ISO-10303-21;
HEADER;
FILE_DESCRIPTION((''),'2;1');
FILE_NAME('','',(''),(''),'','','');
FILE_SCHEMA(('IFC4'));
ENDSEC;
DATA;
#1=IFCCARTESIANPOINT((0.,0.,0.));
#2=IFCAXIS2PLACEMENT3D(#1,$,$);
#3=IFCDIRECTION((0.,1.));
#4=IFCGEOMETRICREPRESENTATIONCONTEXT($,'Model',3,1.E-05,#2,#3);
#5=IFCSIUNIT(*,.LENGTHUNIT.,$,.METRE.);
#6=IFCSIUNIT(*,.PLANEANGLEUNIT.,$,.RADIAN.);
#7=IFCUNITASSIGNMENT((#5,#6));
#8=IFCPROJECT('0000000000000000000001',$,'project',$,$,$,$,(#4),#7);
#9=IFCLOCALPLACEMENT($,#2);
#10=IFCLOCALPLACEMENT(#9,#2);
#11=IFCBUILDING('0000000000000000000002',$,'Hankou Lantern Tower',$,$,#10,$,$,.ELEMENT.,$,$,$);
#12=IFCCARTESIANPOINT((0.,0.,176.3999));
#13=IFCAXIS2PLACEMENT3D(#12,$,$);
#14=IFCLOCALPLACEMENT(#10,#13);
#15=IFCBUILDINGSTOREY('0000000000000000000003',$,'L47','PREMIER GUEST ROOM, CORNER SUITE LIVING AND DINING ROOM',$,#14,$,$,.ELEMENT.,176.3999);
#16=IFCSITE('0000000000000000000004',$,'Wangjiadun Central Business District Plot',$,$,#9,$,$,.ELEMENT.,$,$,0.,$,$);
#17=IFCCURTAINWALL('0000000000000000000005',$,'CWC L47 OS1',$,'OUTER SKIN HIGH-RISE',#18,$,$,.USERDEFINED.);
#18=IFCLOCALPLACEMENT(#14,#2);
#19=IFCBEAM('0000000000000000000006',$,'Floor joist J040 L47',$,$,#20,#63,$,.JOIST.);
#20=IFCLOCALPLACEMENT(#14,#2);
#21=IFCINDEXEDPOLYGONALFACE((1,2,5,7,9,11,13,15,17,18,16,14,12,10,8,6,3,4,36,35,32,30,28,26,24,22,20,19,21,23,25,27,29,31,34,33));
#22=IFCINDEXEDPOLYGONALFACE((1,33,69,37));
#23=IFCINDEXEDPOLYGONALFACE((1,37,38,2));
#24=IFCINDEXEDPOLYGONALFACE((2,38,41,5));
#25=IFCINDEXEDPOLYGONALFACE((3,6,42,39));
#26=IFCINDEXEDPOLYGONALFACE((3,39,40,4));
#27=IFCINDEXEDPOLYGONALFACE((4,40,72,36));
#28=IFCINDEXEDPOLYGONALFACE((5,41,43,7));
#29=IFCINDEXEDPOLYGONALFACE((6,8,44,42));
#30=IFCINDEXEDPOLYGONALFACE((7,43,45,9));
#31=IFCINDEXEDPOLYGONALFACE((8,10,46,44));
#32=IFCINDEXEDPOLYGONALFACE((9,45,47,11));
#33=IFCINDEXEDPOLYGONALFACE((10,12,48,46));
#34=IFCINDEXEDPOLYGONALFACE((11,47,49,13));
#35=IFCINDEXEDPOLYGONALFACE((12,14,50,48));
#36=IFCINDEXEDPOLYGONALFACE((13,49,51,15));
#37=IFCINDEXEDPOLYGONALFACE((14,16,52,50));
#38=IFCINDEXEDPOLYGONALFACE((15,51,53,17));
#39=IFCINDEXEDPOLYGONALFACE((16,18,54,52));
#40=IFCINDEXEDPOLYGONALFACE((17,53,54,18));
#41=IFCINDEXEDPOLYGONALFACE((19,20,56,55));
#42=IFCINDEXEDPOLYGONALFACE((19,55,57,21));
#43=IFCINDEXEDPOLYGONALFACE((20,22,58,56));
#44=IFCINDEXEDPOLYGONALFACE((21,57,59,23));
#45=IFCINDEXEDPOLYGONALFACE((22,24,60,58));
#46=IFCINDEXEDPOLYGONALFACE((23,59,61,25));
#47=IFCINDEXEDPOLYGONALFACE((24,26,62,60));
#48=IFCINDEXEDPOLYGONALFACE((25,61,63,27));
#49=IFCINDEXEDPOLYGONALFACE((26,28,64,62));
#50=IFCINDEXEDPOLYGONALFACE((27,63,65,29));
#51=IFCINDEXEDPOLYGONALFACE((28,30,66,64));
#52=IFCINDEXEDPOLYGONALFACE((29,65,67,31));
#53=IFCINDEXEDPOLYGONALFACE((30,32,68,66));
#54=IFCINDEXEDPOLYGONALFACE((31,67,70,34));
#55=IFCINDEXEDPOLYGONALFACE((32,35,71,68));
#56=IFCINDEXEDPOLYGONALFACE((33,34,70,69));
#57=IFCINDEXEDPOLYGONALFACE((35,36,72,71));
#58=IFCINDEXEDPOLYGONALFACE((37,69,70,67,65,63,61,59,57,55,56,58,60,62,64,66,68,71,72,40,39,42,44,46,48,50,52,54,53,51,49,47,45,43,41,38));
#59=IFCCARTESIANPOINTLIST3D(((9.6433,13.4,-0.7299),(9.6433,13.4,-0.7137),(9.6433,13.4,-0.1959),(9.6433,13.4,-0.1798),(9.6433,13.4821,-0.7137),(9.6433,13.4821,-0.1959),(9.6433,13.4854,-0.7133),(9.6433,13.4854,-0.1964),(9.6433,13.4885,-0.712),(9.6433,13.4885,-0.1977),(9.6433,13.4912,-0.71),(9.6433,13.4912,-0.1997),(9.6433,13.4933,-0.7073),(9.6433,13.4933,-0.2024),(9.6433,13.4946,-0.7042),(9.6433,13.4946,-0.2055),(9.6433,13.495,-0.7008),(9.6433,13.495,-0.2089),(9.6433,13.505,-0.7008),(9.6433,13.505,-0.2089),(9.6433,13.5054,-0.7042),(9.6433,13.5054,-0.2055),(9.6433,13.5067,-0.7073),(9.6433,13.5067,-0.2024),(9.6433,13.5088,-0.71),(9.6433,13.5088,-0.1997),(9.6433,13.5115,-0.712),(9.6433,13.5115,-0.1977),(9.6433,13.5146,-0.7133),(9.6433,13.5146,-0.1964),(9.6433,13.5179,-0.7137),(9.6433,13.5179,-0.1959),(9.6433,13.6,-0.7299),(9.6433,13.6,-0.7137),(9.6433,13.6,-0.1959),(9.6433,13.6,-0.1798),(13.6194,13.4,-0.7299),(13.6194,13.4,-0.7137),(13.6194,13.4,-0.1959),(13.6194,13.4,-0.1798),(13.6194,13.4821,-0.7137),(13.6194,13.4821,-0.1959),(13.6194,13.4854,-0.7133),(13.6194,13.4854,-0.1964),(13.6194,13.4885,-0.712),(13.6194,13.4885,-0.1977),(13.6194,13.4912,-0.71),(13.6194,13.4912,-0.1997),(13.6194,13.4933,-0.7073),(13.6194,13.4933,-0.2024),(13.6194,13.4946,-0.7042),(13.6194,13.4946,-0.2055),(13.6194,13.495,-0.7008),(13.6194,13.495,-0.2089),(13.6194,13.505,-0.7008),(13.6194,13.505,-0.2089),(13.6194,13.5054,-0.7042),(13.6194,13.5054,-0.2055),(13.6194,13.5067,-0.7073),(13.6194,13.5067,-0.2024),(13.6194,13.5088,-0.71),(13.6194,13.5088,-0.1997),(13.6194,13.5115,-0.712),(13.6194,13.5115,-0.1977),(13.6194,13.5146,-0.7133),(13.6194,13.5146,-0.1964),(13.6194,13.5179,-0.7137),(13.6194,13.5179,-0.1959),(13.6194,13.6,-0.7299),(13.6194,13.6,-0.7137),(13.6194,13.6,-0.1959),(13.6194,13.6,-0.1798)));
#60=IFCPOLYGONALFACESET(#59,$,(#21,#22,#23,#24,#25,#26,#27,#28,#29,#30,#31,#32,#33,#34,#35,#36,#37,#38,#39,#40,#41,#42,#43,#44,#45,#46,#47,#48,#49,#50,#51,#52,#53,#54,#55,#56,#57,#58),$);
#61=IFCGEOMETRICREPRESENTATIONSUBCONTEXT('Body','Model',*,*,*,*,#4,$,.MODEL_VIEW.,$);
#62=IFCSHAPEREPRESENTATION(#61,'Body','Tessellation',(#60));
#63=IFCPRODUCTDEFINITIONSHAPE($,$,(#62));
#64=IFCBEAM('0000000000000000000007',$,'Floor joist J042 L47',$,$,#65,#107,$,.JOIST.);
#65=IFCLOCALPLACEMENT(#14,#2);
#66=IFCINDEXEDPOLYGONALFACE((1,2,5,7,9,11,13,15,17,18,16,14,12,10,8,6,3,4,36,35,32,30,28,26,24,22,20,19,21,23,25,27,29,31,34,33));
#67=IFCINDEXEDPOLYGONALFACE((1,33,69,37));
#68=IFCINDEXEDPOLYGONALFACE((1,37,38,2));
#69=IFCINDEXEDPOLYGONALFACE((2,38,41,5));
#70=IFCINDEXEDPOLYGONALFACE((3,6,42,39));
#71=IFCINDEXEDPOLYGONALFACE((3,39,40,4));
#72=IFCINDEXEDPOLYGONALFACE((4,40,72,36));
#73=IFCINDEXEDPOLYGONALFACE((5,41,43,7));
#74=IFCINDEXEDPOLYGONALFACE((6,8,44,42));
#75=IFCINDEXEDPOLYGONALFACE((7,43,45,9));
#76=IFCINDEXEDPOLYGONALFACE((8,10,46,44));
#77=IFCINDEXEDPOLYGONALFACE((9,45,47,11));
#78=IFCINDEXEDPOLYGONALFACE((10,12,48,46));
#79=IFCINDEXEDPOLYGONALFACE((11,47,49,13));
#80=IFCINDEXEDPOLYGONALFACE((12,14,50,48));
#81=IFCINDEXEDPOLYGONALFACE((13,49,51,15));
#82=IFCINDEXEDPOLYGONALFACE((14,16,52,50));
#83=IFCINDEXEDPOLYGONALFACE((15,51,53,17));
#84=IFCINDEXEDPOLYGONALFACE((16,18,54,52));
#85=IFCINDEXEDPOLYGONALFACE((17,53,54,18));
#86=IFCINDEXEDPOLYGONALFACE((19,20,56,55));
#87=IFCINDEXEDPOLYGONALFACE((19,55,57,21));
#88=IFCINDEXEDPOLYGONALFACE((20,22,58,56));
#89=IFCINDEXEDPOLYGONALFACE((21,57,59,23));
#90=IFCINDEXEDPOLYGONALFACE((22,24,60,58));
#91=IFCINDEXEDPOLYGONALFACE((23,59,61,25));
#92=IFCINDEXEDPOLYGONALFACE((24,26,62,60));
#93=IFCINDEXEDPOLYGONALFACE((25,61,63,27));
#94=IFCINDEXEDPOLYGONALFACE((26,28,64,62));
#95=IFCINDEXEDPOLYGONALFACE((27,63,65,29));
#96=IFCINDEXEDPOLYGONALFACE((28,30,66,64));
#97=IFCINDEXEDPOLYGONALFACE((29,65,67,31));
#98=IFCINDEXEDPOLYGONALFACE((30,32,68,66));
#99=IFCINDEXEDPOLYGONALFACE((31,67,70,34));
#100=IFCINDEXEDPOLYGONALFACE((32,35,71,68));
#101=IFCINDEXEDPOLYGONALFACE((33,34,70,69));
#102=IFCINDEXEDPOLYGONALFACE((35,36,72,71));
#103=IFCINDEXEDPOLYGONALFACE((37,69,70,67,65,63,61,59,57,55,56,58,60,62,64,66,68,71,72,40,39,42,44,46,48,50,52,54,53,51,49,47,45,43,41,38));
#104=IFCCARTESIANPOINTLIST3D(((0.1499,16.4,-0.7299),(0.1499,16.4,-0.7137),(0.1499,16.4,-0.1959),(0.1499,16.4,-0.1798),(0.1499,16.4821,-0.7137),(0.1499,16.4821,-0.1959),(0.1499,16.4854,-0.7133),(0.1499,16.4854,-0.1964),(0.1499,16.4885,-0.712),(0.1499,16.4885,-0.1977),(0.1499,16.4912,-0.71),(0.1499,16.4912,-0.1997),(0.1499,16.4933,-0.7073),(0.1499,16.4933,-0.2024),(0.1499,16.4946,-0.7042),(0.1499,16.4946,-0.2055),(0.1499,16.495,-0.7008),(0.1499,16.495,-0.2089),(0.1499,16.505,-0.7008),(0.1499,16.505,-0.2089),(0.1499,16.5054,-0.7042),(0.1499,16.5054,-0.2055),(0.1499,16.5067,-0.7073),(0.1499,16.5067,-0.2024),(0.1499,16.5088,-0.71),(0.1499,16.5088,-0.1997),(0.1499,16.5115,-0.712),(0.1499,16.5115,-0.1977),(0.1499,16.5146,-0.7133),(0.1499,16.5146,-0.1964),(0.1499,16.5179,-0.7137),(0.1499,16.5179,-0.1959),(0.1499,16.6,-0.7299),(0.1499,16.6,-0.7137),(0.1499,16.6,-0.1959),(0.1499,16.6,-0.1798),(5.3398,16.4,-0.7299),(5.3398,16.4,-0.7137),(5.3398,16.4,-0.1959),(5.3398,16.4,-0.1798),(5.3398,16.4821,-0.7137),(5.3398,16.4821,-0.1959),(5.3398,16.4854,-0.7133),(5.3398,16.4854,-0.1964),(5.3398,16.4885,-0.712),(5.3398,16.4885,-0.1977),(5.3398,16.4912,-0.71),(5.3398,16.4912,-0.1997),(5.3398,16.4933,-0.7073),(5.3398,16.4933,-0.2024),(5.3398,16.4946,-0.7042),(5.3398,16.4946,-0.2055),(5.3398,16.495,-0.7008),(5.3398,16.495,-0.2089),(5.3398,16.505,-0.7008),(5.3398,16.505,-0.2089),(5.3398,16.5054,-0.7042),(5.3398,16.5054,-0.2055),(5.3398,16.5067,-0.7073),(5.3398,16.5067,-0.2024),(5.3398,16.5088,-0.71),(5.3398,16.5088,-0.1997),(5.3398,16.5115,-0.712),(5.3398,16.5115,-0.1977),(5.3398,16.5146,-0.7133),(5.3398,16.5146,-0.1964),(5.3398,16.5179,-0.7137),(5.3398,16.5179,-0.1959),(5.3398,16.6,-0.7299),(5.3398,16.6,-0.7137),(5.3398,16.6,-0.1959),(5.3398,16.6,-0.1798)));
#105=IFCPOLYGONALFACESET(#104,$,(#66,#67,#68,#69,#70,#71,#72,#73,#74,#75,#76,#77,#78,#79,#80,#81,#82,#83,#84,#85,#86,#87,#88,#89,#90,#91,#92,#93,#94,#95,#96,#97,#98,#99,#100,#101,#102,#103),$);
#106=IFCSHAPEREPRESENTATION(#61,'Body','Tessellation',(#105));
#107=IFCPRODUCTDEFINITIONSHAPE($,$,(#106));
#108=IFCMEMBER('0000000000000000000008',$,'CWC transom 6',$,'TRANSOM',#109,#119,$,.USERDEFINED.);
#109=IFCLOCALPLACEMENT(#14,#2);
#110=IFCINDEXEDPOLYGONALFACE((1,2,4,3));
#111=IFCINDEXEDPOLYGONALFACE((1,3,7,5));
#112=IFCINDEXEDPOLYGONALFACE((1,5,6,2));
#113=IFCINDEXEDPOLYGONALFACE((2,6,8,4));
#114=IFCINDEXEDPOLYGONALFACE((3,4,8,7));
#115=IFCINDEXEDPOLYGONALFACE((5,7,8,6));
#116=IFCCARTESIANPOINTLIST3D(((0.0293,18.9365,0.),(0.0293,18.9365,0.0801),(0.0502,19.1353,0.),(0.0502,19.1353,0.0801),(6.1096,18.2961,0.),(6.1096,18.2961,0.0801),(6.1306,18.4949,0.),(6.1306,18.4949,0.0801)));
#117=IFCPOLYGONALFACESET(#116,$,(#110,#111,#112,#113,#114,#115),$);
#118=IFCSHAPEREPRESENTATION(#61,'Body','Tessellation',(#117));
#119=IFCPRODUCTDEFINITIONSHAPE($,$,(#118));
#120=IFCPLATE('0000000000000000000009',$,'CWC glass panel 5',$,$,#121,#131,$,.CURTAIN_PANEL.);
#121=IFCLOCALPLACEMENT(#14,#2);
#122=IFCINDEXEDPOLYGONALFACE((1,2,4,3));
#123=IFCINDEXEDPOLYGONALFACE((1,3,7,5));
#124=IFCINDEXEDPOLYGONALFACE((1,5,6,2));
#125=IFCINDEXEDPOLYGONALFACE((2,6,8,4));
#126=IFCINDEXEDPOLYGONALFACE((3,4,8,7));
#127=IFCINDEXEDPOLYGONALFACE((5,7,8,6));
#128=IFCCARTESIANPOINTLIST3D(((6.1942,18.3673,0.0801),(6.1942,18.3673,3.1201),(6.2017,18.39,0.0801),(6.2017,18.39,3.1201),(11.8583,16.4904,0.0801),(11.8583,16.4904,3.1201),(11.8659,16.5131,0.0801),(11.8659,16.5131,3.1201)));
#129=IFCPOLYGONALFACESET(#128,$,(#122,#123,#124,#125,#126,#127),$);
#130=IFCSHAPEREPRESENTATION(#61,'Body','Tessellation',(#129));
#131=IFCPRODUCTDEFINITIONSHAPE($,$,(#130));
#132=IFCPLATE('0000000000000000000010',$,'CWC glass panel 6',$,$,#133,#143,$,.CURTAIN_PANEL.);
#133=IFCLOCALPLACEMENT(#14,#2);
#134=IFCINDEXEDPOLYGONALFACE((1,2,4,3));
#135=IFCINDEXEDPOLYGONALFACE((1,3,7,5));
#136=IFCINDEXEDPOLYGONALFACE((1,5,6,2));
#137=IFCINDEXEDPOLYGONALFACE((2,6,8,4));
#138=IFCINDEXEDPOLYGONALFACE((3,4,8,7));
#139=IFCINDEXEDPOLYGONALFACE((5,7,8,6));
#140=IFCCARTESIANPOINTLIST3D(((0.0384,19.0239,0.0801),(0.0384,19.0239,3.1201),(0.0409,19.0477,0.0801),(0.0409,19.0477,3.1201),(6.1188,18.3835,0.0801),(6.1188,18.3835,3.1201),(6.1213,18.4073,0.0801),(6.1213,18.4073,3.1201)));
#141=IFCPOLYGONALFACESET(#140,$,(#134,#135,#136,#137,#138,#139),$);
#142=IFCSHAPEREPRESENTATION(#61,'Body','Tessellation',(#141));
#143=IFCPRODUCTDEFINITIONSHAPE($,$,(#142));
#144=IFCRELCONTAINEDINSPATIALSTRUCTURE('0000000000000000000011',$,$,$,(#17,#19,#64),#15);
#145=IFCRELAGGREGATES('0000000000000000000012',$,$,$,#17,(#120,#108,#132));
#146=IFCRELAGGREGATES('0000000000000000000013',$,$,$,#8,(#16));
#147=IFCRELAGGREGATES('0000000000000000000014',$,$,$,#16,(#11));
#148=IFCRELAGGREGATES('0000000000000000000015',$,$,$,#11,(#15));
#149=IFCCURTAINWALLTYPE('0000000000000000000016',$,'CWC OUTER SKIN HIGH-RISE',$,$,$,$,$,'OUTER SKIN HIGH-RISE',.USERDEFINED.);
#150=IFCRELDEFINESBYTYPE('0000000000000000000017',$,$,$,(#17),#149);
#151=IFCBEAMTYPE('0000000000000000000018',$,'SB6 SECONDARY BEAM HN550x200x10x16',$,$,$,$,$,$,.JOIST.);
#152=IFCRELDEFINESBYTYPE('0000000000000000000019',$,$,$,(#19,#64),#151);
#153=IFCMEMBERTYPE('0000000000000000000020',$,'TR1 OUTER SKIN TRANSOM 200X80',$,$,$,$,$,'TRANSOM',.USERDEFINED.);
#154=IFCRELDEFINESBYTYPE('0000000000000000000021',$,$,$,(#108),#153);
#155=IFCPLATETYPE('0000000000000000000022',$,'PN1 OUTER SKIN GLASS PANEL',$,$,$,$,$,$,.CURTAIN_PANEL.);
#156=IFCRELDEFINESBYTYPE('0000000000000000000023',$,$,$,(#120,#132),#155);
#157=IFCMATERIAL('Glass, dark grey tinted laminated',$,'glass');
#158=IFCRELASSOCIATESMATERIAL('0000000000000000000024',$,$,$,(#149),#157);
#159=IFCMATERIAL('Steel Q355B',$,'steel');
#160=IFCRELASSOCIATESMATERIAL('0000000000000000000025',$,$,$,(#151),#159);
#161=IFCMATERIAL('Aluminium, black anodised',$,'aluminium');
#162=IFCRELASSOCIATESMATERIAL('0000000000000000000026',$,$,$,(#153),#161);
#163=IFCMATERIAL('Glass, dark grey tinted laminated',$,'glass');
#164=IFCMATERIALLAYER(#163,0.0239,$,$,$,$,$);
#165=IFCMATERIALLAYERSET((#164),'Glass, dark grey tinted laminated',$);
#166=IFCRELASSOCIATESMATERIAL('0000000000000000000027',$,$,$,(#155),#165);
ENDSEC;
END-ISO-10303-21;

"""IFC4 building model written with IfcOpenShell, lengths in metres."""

from ifc_helpers import new_model, si_unit, direction, frame, origin, origin_2d, place, context, subcontext, project, spatial, rectangle, i_section, extrude, material, layer, layer_set, material_profile, profile_set, type_object, element, aggregate, save


model = new_model("IFC4")

# Units and contexts
model_context = context("Model", 3, precision=1e-05, world=origin(), true_north=direction((0.0, 1.0)))
body_context = subcontext(model_context, "Body", "Model", "MODEL_VIEW")
ifc_project = project(units=[si_unit("LENGTHUNIT", "METRE"), si_unit("PLANEANGLEUNIT", "RADIAN")], contexts=[model_context])

# Site, building, storey
site_placement = place(None, origin())
site = spatial("IfcSite", under=ifc_project, at=site_placement, Name="Wangjiadun Central Business District Plot", CompositionType="ELEMENT", RefElevation=0.0)
building_placement = place(site_placement, origin())
building = spatial("IfcBuilding", under=site, at=building_placement, Name="Hankou Lantern Tower", CompositionType="ELEMENT")
storey_placement = place(building_placement, frame((0.0, 0.0, 176.3999)))
storey = spatial("IfcBuildingStorey", under=building, at=storey_placement, Name="L47", Description="PREMIER GUEST ROOM, CORNER SUITE LIVING AND DINING ROOM", CompositionType="ELEMENT", Elevation=176.3999)

# Curtain wall
ifc_material_1 = material(Name="Glass, dark grey tinted laminated", Category="glass")
curtain_wall_type = type_object("IfcCurtainWallType", Name="CWC OUTER SKIN HIGH-RISE", ElementType="OUTER SKIN HIGH-RISE", PredefinedType="USERDEFINED", material=ifc_material_1)
curtain_wall_1_placement = place(storey_placement, origin())
curtain_wall_1 = element("IfcCurtainWall", 1, at=curtain_wall_1_placement, inside=storey, type_object=curtain_wall_type, Name="CWC L47 OS1", ObjectType="OUTER SKIN HIGH-RISE", PredefinedType="USERDEFINED")

# Beams
ifc_material_2 = material(Name="Steel Q355B", Category="steel")
ifc_material_profile_1 = material_profile(ifc_material_2, i_section(OverallWidth=0.2, OverallDepth=0.55, WebThickness=0.01, FlangeThickness=0.0161, FilletRadius=0.0129, at=origin_2d()), Name="HN550x200x10x16")
ifc_profile_set_1 = profile_set([ifc_material_profile_1], Name="Steel Q355B")
beam_type_1 = type_object("IfcBeamType", Name="SB6 SECONDARY BEAM HN550x200x10x16", PredefinedType="JOIST", material=ifc_profile_set_1)
beam_1_placement = place(storey_placement, frame((9.6433, 13.5, -0.4548), z_axis=(1.0, 0.0, 0.0), x_axis=(0.0, 1.0, 0.0)))
element("IfcBeam", 2, at=beam_1_placement, inside=storey, type_object=beam_type_1, Name="Floor joist J040 L47", PredefinedType="JOIST", context=body_context, shape_type="SweptSolid", body=[
    extrude(i_section(OverallWidth=0.2, OverallDepth=0.55, WebThickness=0.01, FlangeThickness=0.0161, FilletRadius=0.0129, at=origin_2d()), origin(), (0.0, 0.0, 1.0), 3.9761),
])
beam_2_placement = place(storey_placement, frame((0.1499, 16.5, -0.4548), z_axis=(1.0, 0.0, 0.0), x_axis=(0.0, 1.0, 0.0)))
element("IfcBeam", 3, at=beam_2_placement, inside=storey, type_object=beam_type_1, Name="Floor joist J042 L47", PredefinedType="JOIST", context=body_context, shape_type="SweptSolid", body=[
    extrude(i_section(OverallWidth=0.2, OverallDepth=0.55, WebThickness=0.01, FlangeThickness=0.0161, FilletRadius=0.0129, at=origin_2d()), origin(), (0.0, 0.0, 1.0), 5.1899),
])

# Member
ifc_material_3 = material(Name="Aluminium, black anodised", Category="aluminium")
ifc_material_profile_2 = material_profile(ifc_material_3, rectangle(XDim=0.2, YDim=0.0801, at=origin_2d()), Name="TR1 200X80")
ifc_profile_set_2 = profile_set([ifc_material_profile_2], Name="Aluminium, black anodised")
member_type_1 = type_object("IfcMemberType", Name="TR1 OUTER SKIN TRANSOM 200X80", ElementType="TRANSOM", PredefinedType="USERDEFINED", material=ifc_profile_set_2)
member_1_placement = place(storey_placement, frame((6.1201, 18.3955, 0.04), z_axis=(-0.9945, 0.104741, 0.0), x_axis=(-0.104741, -0.9945, 0.0)))
member_1 = element("IfcMember", 4, at=member_1_placement, type_object=member_type_1, Name="CWC transom 6", ObjectType="TRANSOM", PredefinedType="USERDEFINED", context=body_context, shape_type="SweptSolid", body=[
    extrude(rectangle(XDim=0.2, YDim=0.0801, at=origin_2d()), origin(), (0.0, 0.0, 1.0), 6.114),
])

# Plates
ifc_material_4 = material(Name="Glass, dark grey tinted laminated", Category="glass")
ifc_layer_1 = layer(ifc_material_4, 0.0239)
ifc_layer_set_1 = layer_set([ifc_layer_1], Name="Glass, dark grey tinted laminated")
plate_type = type_object("IfcPlateType", Name="PN1 OUTER SKIN GLASS PANEL", PredefinedType="CURTAIN_PANEL", material=ifc_layer_set_1)
plate_1_placement = place(storey_placement, frame((9.03, 17.4402, 0.0801), z_axis=(0.0, 0.0, 1.0), x_axis=(-0.949241, 0.314551, 0.0)))
plate_1 = element("IfcPlate", 5, at=plate_1_placement, type_object=plate_type, Name="CWC glass panel 5", PredefinedType="CURTAIN_PANEL", context=body_context, shape_type="SweptSolid", body=[
    extrude(rectangle(XDim=5.967, YDim=0.0239, at=origin_2d()), origin(), (0.0, 0.0, 1.0), 3.04),
])
plate_2_placement = place(storey_placement, frame((3.0798, 18.7156, 0.0801), z_axis=(0.0, 0.0, 1.0), x_axis=(-0.994499, 0.104743, 0.0)))
plate_2 = element("IfcPlate", 6, at=plate_2_placement, type_object=plate_type, Name="CWC glass panel 6", PredefinedType="CURTAIN_PANEL", context=body_context, shape_type="SweptSolid", body=[
    extrude(rectangle(XDim=6.114, YDim=0.0239, at=origin_2d()), origin(), (0.0, 0.0, 1.0), 3.04),
])
aggregate(curtain_wall_1, [plate_1, member_1, plate_2])

save(model, "model.ifc")
